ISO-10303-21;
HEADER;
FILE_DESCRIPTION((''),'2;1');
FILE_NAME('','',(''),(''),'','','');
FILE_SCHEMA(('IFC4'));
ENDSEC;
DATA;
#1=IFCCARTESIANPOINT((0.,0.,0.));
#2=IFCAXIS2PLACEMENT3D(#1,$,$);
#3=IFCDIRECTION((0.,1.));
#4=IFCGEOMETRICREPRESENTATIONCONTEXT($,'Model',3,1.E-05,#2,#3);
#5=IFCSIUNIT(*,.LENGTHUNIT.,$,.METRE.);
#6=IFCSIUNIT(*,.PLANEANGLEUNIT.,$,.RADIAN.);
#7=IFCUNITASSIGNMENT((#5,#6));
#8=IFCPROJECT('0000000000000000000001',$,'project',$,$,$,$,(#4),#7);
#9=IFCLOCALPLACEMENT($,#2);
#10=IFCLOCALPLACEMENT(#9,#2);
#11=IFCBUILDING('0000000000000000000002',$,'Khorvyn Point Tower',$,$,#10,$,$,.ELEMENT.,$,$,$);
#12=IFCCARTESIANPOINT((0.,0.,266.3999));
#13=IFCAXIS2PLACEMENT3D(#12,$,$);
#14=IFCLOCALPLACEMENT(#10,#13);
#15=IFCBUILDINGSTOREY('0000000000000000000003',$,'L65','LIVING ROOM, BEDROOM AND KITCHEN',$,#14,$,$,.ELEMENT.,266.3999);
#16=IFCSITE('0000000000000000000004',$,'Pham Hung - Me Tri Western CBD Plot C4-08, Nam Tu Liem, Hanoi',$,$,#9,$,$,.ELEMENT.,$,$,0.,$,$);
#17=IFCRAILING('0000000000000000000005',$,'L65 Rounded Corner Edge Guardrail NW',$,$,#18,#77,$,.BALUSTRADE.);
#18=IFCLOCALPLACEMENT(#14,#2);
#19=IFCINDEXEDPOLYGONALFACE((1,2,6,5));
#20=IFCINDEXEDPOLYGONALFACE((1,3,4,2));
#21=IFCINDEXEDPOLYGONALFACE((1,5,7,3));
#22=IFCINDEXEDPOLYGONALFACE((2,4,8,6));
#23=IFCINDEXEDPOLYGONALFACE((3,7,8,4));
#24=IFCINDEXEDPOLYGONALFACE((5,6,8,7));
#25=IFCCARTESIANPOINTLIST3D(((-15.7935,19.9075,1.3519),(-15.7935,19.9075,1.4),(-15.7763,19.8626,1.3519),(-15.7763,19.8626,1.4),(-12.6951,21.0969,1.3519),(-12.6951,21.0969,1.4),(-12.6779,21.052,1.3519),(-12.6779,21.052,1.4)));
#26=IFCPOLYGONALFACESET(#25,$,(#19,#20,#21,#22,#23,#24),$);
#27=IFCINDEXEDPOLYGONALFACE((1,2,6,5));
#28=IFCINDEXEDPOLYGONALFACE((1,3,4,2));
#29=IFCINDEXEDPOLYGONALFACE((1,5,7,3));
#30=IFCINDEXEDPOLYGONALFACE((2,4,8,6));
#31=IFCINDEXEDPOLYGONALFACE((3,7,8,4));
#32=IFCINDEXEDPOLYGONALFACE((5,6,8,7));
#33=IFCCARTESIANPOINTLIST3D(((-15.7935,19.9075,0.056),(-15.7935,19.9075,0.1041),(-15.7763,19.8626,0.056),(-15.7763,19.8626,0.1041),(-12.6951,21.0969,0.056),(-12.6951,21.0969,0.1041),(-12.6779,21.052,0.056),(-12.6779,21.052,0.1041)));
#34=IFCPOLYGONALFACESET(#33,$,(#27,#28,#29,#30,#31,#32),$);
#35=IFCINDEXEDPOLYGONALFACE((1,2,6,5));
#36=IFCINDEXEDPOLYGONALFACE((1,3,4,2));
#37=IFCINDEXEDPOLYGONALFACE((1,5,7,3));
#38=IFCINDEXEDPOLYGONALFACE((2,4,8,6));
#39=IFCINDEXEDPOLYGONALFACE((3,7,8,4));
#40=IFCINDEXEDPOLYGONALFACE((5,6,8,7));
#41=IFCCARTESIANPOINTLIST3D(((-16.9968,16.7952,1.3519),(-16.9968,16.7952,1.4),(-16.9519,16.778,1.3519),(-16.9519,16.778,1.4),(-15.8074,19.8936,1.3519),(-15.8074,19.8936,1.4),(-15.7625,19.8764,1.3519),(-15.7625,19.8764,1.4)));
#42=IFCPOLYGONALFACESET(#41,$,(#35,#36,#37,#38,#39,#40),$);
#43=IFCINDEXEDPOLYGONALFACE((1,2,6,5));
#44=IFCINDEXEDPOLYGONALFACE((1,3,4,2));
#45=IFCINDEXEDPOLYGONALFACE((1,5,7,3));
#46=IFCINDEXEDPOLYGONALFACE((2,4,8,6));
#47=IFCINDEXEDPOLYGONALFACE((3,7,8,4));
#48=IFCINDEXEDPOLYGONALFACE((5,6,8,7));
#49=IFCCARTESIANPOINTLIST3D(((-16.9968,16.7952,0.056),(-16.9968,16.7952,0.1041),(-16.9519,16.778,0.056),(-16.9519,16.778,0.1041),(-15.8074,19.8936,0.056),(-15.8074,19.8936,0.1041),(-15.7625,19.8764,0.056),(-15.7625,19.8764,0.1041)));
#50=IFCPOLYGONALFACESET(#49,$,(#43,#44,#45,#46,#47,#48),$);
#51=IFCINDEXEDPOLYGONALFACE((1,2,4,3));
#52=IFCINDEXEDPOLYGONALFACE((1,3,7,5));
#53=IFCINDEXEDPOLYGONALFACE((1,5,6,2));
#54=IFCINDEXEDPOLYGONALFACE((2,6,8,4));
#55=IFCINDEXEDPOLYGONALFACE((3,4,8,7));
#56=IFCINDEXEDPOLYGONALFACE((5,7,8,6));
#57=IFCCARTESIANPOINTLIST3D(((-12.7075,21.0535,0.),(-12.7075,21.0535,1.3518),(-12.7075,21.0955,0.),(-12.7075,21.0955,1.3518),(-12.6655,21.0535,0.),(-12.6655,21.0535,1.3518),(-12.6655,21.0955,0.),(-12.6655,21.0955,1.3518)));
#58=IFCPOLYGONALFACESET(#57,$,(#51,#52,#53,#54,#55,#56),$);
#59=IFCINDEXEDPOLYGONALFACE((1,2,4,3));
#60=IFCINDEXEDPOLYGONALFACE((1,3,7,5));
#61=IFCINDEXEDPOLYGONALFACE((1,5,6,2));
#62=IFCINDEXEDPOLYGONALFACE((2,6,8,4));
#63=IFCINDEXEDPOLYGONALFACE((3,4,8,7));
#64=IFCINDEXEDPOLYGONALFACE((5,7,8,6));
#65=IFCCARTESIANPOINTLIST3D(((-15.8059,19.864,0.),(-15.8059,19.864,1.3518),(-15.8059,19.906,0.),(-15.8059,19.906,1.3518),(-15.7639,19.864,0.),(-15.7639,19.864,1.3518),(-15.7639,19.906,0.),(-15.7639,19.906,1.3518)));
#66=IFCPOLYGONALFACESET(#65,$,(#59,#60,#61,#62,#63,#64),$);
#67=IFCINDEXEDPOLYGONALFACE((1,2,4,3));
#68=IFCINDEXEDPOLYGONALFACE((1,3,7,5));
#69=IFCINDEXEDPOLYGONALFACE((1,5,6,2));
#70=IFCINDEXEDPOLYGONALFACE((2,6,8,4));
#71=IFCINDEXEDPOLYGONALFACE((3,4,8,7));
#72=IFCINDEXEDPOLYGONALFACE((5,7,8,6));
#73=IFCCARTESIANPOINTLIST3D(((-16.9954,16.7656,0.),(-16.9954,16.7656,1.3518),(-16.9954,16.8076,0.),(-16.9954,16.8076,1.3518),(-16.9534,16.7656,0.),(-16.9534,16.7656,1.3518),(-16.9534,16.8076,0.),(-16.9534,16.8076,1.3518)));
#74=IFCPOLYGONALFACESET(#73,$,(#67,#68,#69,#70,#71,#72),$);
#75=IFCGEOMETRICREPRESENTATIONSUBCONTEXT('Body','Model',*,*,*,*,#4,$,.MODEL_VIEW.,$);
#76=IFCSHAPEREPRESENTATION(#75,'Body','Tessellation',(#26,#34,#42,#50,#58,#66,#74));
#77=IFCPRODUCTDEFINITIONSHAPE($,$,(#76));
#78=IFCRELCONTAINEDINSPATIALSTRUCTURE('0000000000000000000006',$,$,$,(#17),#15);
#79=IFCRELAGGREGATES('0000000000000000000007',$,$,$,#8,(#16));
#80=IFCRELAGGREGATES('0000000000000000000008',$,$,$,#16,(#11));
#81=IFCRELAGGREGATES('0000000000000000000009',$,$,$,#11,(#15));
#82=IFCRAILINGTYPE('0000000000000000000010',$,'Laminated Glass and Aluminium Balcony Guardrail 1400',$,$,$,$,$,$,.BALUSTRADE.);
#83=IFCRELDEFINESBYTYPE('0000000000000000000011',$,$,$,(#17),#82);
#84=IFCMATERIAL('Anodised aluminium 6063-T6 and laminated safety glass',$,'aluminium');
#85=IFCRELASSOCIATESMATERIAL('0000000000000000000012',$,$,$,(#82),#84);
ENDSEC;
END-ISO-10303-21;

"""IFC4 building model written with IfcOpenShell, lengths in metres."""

from ifc_helpers import new_model, si_unit, direction, frame, origin, origin_2d, place, context, subcontext, project, spatial, rectangle, extrude, material, type_object, element, save


model = new_model("IFC4")

# Units and contexts
model_context = context("Model", 3, precision=1e-05, world=origin(), true_north=direction((0.0, 1.0)))
body_context = subcontext(model_context, "Body", "Model", "MODEL_VIEW")
ifc_project = project(units=[si_unit("LENGTHUNIT", "METRE"), si_unit("PLANEANGLEUNIT", "RADIAN")], contexts=[model_context])

# Site, building, storey
site_placement = place(None, origin())
site = spatial("IfcSite", under=ifc_project, at=site_placement, Name="Pham Hung - Me Tri Western CBD Plot C4-08, Nam Tu Liem, Hanoi", CompositionType="ELEMENT", RefElevation=0.0)
building_placement = place(site_placement, origin())
building = spatial("IfcBuilding", under=site, at=building_placement, Name="Khorvyn Point Tower", CompositionType="ELEMENT")
storey_placement = place(building_placement, frame((0.0, 0.0, 266.3999)))
storey = spatial("IfcBuildingStorey", under=building, at=storey_placement, Name="L65", Description="LIVING ROOM, BEDROOM AND KITCHEN", CompositionType="ELEMENT", Elevation=266.3999)

# Railing
ifc_material_1 = material(Name="Anodised aluminium 6063-T6 and laminated safety glass", Category="aluminium")
railing_type = type_object("IfcRailingType", Name="Laminated Glass and Aluminium Balcony Guardrail 1400", PredefinedType="BALUSTRADE", material=ifc_material_1)
railing_placement = place(storey_placement, frame((-12.6865, 21.0745, 0.0)))
element("IfcRailing", 1, at=railing_placement, inside=storey, type_object=railing_type, Name="L65 Rounded Corner Edge Guardrail NW", PredefinedType="BALUSTRADE", context=body_context, shape_type="SweptSolid", body=[
    extrude(rectangle(XDim=0.0481, YDim=0.0481, at=origin_2d()), frame((0.0, 0.0, 1.376), z_axis=(-0.933571, -0.358392, 0.0), x_axis=(0.358392, -0.933571, 0.0)), (0.0, 0.0, 1.0), 3.3188),
    extrude(rectangle(XDim=0.0481, YDim=0.0481, at=origin_2d()), frame((0.0, 0.0, 0.0801), z_axis=(-0.933571, -0.358392, 0.0), x_axis=(0.358392, -0.933571, 0.0)), (0.0, 0.0, 1.0), 3.3188),
    extrude(rectangle(XDim=0.0481, YDim=0.0481, at=origin_2d()), frame((-3.0984, -1.1895, 1.376), z_axis=(-0.358392, -0.933571, 0.0), x_axis=(0.933571, -0.358392, 0.0)), (0.0, 0.0, 1.0), 3.3188),
    extrude(rectangle(XDim=0.0481, YDim=0.0481, at=origin_2d()), frame((-3.0984, -1.1895, 0.0801), z_axis=(-0.358392, -0.933571, 0.0), x_axis=(0.933571, -0.358392, 0.0)), (0.0, 0.0, 1.0), 3.3188),
    extrude(rectangle(XDim=0.042, YDim=0.042, at=origin_2d()), origin(), (0.0, 0.0, 1.0), 1.3518),
    extrude(rectangle(XDim=0.042, YDim=0.042, at=origin_2d()), frame((-3.0984, -1.1895, 0.0)), (0.0, 0.0, 1.0), 1.3518),
    extrude(rectangle(XDim=0.042, YDim=0.042, at=origin_2d()), frame((-4.2878, -4.2878, 0.0)), (0.0, 0.0, 1.0), 1.3518),
])

save(model, "model.ifc")
